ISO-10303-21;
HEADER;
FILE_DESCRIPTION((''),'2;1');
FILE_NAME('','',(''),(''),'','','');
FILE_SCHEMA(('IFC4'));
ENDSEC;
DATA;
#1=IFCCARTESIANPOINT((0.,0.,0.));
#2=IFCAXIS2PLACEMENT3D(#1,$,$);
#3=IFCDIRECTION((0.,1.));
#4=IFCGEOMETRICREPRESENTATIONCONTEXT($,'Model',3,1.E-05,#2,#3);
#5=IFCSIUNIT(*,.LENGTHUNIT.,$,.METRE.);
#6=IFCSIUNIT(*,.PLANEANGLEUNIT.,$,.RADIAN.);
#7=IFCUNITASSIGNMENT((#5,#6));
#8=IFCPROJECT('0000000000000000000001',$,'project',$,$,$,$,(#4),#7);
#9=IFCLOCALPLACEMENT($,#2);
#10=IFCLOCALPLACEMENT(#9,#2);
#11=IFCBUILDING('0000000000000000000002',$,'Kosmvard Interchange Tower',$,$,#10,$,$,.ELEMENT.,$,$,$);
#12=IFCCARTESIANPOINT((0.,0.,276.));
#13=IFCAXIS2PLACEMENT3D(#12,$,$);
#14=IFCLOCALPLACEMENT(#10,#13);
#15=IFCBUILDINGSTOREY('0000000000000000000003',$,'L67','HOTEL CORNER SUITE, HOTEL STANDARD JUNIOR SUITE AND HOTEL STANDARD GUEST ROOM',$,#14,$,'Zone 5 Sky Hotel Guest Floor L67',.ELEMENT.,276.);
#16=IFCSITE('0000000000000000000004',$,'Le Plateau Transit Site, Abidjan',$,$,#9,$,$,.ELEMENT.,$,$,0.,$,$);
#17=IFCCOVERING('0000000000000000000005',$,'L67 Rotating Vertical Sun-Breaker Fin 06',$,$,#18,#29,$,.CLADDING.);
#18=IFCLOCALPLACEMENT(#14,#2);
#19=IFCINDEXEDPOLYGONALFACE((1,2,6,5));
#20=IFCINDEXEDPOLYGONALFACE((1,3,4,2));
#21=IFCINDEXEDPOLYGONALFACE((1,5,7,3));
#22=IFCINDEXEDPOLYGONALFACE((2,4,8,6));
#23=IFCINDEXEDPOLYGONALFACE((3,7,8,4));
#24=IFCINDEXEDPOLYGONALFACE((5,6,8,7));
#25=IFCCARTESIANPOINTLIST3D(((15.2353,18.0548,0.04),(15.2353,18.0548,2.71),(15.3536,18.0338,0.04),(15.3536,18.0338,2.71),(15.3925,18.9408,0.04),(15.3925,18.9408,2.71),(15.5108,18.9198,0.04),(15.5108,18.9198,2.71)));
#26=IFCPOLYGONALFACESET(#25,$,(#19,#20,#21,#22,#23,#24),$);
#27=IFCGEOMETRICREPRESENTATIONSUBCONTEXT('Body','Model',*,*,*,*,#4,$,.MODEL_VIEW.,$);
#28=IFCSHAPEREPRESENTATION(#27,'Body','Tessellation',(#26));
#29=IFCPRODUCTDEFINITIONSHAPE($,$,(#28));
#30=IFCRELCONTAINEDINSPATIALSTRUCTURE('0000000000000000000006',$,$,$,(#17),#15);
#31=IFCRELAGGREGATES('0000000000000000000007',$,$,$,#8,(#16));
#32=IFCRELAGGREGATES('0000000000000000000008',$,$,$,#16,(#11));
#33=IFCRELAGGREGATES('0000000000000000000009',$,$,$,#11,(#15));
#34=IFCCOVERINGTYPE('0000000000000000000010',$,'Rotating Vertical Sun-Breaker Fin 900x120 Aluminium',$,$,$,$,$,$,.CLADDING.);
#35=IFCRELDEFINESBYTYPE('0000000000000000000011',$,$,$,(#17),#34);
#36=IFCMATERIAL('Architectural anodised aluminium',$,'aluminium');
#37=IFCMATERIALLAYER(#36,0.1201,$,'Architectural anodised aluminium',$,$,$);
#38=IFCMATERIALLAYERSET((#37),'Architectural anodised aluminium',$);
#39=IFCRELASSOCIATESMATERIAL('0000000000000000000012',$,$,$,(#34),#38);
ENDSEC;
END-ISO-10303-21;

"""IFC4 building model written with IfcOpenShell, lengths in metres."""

from ifc_helpers import new_model, si_unit, direction, frame, origin, origin_2d, place, context, subcontext, project, spatial, rectangle, extrude, source, transform, mapped, material, layer, layer_set, type_object, element, save


model = new_model("IFC4")

# Units and contexts
model_context = context("Model", 3, precision=1e-05, world=origin(), true_north=direction((0.0, 1.0)))
body_context = subcontext(model_context, "Body", "Model", "MODEL_VIEW")
ifc_project = project(units=[si_unit("LENGTHUNIT", "METRE"), si_unit("PLANEANGLEUNIT", "RADIAN")], contexts=[model_context])

# Site, building, storey
site_placement = place(None, origin())
site = spatial("IfcSite", under=ifc_project, at=site_placement, Name="Le Plateau Transit Site, Abidjan", CompositionType="ELEMENT", RefElevation=0.0)
building_placement = place(site_placement, origin())
building = spatial("IfcBuilding", under=site, at=building_placement, Name="Kosmvard Interchange Tower", CompositionType="ELEMENT")
storey_placement = place(building_placement, frame((0.0, 0.0, 276.0)))
storey = spatial("IfcBuildingStorey", under=building, at=storey_placement, Name="L67", Description="HOTEL CORNER SUITE, HOTEL STANDARD JUNIOR SUITE AND HOTEL STANDARD GUEST ROOM", LongName="Zone 5 Sky Hotel Guest Floor L67", CompositionType="ELEMENT", Elevation=276.0)

# Covering
ifc_material_1 = material(Name="Architectural anodised aluminium", Category="aluminium")
ifc_layer_1 = layer(ifc_material_1, 0.1201, Name="Architectural anodised aluminium")
ifc_layer_set_1 = layer_set([ifc_layer_1], Name="Architectural anodised aluminium")
covering_type = type_object("IfcCoveringType", Name="Rotating Vertical Sun-Breaker Fin 900x120 Aluminium", PredefinedType="CLADDING", material=ifc_layer_set_1)
shared_shape_1 = source(origin(), body_context, "Body", "SweptSolid", [
    extrude(rectangle(XDim=0.8999, YDim=0.1201, at=origin_2d()), origin(), (0.0, 0.0, 1.0), 2.6699),
])
for number, where, z_axis, x_axis, name in (
    (1, (15.373, 18.4873, 0.04), (0.0, 0.0, 1.0), (0.174679, 0.984625, 0.0), "L67 Rotating Vertical Sun-Breaker Fin 06"),
):
    element("IfcCovering", number, at=place(storey_placement, frame(where, z_axis=z_axis, x_axis=x_axis)), inside=storey, type_object=covering_type, Name=name, PredefinedType="CLADDING", context=body_context, shape_type="MappedRepresentation", body=[
        mapped(shared_shape_1, transform((0.0, 0.0, 0.0), scale=1.0)),
    ])

save(model, "model.ifc")
